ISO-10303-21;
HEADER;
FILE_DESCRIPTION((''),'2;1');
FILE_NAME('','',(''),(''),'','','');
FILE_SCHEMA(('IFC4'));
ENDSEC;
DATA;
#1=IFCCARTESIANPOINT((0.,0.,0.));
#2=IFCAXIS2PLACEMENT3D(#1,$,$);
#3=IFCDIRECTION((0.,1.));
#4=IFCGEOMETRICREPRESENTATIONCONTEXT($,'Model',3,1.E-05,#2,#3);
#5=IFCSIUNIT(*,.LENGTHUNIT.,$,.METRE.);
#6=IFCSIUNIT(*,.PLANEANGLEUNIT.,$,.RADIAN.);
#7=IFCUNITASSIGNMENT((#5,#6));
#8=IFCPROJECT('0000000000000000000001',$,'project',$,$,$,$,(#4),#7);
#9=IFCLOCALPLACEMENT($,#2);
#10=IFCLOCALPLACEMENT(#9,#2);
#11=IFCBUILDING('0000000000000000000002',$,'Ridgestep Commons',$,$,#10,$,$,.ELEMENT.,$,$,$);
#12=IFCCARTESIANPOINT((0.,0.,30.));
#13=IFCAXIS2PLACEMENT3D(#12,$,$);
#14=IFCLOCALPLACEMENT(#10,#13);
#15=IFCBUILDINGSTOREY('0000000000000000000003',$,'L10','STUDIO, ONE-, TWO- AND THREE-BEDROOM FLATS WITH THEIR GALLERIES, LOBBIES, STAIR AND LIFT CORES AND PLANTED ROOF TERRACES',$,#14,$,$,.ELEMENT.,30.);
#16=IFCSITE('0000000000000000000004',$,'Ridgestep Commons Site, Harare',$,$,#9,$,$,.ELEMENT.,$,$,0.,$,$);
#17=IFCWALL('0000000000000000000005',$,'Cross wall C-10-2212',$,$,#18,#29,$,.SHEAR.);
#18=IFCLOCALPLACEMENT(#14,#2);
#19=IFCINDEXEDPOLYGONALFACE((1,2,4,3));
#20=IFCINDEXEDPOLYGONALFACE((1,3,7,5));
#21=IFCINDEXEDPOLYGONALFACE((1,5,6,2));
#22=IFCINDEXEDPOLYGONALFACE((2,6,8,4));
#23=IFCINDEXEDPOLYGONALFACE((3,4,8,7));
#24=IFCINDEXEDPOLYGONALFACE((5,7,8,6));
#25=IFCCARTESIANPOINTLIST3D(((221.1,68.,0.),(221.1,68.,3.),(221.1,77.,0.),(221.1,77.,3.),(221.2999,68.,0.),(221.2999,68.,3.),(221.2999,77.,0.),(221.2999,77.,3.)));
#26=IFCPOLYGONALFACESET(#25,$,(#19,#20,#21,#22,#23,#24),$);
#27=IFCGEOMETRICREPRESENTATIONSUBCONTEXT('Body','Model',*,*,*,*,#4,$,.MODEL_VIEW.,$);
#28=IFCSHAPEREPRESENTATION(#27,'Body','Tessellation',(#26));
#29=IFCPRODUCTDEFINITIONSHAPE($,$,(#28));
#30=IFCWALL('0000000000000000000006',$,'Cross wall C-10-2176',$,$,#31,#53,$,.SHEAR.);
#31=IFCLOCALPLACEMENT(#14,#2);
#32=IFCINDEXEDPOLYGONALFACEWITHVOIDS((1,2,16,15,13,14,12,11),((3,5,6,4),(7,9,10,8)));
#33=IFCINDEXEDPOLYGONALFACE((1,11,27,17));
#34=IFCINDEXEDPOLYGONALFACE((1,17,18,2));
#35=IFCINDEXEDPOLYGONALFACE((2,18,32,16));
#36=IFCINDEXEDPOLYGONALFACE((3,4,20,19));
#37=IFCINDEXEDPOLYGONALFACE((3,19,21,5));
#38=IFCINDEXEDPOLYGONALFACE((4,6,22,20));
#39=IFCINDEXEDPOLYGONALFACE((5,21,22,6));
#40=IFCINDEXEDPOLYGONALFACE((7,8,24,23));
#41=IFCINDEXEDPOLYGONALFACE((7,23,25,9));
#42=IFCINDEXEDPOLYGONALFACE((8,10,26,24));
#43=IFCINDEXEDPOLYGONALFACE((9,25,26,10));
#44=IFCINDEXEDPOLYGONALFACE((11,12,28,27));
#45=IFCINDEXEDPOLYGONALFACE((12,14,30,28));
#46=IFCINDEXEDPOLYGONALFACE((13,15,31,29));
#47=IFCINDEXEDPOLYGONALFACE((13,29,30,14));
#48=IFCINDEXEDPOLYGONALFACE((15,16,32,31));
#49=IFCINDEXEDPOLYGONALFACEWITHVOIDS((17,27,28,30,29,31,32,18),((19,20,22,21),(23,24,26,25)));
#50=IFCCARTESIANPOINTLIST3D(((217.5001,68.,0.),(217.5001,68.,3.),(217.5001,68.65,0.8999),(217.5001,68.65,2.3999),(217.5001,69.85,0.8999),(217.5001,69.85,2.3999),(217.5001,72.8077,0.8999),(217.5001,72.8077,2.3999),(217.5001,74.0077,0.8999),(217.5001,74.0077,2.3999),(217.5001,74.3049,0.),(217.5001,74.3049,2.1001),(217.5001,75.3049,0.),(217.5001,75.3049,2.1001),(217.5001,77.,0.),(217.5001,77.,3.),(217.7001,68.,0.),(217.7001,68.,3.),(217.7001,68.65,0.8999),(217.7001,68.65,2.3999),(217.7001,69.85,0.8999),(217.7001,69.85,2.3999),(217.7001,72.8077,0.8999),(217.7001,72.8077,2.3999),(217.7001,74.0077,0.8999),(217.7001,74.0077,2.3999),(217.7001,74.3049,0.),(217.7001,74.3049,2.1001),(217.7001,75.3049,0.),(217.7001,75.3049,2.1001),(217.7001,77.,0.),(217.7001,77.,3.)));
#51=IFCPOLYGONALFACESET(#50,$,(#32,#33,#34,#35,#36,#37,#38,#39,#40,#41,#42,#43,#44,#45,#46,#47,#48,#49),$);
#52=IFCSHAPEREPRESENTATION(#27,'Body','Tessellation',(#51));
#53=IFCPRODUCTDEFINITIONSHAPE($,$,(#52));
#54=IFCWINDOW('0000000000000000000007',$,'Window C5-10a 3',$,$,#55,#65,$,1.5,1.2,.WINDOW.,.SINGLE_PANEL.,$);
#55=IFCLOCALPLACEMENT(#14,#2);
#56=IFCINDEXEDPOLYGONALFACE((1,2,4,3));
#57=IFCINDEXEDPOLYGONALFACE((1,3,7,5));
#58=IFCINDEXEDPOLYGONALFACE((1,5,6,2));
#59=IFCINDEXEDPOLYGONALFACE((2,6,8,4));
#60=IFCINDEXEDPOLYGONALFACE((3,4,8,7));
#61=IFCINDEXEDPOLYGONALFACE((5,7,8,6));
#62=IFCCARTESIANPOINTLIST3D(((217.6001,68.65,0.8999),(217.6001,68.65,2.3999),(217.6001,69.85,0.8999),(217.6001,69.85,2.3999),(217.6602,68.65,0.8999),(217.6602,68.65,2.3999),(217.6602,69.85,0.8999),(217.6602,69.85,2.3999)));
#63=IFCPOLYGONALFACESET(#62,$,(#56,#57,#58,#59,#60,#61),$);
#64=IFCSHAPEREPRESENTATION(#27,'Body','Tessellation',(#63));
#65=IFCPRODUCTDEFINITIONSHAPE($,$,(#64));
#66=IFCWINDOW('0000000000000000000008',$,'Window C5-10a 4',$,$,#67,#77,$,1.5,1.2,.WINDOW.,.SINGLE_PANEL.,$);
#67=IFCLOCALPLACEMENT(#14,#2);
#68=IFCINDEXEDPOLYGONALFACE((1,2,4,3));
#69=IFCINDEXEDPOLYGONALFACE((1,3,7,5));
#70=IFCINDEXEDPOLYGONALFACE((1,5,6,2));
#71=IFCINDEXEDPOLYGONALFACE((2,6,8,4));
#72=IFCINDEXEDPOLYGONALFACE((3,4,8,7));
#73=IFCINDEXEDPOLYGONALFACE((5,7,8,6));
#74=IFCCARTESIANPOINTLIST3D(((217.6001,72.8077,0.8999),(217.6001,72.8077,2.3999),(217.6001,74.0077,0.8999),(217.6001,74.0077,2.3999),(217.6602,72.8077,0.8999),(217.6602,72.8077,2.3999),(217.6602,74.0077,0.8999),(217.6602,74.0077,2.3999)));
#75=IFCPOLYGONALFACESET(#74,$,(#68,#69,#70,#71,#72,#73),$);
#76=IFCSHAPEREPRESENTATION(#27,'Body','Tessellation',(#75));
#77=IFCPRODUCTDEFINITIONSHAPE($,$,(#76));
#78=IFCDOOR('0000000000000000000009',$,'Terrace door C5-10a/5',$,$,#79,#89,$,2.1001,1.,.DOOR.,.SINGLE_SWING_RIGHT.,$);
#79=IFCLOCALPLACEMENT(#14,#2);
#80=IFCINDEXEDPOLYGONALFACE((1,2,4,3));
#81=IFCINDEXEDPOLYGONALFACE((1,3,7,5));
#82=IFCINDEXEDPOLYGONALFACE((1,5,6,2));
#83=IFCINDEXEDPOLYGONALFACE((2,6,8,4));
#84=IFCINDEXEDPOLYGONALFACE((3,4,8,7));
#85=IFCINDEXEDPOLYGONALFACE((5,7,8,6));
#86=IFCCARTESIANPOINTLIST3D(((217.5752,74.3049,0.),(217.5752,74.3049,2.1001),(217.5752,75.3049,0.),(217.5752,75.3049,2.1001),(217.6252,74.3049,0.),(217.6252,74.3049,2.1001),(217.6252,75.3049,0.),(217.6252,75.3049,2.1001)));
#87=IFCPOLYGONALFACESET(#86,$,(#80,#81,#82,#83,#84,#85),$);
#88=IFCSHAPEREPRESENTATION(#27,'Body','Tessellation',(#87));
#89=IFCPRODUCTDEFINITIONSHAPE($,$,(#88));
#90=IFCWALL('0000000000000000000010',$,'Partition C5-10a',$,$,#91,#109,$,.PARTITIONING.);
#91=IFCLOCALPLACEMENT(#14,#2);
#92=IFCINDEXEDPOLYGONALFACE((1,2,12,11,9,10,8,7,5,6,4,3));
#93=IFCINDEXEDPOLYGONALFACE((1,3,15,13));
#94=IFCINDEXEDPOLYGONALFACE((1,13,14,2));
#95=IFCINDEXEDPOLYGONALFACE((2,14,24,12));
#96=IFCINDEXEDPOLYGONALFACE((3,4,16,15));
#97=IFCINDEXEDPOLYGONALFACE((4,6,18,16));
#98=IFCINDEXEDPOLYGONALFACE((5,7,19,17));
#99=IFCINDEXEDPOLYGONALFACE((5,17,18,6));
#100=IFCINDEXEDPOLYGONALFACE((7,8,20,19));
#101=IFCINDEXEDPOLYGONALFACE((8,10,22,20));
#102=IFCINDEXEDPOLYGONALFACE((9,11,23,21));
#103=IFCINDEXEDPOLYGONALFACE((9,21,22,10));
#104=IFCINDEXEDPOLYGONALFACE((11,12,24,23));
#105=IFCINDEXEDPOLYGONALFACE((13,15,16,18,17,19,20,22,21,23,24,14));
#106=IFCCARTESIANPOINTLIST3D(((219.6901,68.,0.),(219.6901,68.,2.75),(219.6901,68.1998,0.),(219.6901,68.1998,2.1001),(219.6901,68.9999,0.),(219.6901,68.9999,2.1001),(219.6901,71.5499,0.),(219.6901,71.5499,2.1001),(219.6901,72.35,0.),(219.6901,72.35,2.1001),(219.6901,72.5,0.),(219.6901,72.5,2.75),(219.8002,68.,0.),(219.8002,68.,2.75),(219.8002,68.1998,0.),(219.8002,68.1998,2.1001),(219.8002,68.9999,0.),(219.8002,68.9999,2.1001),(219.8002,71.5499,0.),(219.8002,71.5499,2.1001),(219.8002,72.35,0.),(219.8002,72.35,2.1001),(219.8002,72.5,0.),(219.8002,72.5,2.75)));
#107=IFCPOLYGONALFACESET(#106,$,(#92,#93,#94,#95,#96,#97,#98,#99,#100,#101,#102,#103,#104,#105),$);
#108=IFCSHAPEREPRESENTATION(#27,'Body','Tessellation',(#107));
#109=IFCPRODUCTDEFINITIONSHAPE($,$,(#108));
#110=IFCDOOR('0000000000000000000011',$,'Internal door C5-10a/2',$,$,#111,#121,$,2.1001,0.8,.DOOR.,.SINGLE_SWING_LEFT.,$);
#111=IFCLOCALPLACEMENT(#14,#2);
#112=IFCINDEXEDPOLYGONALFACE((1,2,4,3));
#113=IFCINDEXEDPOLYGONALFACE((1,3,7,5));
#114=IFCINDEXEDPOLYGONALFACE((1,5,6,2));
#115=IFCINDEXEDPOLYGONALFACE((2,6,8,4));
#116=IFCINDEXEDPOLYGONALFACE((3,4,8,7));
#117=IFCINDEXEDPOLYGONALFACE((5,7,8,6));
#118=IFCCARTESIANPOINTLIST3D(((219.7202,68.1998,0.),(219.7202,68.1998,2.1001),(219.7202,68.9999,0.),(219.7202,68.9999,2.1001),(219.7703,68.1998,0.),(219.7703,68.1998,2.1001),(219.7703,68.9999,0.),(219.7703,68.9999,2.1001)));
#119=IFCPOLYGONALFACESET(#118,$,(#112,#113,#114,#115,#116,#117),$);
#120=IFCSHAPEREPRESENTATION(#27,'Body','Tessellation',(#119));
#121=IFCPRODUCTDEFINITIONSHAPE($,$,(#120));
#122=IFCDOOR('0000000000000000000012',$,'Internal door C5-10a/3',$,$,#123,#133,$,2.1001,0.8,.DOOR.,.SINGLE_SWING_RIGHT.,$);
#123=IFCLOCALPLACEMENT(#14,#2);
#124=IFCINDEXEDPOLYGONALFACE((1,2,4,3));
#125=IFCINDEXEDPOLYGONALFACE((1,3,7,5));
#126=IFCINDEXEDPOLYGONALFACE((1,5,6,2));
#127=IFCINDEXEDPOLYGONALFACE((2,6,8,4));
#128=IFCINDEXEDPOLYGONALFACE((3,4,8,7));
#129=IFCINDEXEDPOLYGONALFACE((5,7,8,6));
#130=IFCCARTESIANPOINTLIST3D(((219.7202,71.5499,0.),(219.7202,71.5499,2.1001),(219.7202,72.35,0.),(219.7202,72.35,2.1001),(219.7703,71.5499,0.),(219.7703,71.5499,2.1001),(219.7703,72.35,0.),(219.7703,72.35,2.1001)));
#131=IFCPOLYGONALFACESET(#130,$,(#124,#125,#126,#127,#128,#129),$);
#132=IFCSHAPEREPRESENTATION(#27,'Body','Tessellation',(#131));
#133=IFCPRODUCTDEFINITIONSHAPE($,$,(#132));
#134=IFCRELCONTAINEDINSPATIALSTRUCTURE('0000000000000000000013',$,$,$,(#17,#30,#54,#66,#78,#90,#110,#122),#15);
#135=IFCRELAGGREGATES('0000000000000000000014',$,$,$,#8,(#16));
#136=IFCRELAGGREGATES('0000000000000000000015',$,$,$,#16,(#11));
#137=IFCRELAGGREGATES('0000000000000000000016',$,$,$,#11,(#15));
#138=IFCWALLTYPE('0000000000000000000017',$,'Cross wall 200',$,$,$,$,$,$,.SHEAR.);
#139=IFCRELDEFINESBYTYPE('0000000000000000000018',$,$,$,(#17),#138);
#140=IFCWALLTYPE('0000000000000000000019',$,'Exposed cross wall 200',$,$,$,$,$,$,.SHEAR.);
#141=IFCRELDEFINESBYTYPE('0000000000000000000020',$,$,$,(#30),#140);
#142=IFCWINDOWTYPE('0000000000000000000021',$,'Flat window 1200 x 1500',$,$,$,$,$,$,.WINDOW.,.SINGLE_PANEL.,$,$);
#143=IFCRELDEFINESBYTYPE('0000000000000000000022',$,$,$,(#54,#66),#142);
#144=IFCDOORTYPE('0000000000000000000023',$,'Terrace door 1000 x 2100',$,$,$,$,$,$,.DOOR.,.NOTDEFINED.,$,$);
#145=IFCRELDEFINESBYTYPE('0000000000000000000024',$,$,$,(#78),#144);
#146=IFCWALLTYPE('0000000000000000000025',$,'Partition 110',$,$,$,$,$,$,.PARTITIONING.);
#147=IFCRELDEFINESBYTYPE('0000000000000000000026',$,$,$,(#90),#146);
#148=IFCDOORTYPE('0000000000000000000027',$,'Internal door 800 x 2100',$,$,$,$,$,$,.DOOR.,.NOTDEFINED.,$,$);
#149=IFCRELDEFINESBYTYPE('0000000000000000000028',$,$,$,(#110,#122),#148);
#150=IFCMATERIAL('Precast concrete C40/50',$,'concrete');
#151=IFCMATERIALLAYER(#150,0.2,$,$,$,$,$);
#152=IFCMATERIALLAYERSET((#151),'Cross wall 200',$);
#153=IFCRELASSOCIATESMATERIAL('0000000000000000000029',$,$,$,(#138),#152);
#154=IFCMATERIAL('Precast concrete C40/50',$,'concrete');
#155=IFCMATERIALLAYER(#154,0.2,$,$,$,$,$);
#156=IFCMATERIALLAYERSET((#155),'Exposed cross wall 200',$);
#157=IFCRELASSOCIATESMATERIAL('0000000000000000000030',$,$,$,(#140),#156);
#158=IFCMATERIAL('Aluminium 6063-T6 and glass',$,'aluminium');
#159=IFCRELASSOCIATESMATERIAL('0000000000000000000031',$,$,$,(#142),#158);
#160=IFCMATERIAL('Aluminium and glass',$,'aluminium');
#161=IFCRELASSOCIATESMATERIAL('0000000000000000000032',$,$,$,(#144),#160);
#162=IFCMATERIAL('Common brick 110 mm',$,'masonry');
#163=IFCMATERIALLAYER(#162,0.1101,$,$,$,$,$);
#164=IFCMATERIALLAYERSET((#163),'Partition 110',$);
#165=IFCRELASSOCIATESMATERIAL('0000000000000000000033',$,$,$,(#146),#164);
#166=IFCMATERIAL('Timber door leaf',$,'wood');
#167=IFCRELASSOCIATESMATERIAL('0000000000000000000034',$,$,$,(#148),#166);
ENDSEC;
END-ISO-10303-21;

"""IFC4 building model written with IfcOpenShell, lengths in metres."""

from ifc_helpers import new_model, si_unit, direction, frame, frame_2d, origin, place, context, subcontext, project, spatial, rectangle, extrude, material, layer, layer_set, type_object, element, fill, save


model = new_model("IFC4")

# Units and contexts
model_context = context("Model", 3, precision=1e-05, world=origin(), true_north=direction((0.0, 1.0)))
body_context = subcontext(model_context, "Body", "Model", "MODEL_VIEW")
ifc_project = project(units=[si_unit("LENGTHUNIT", "METRE"), si_unit("PLANEANGLEUNIT", "RADIAN")], contexts=[model_context])

# Site, building, storey
site_placement = place(None, origin())
site = spatial("IfcSite", under=ifc_project, at=site_placement, Name="Ridgestep Commons Site, Harare", CompositionType="ELEMENT", RefElevation=0.0)
building_placement = place(site_placement, origin())
building = spatial("IfcBuilding", under=site, at=building_placement, Name="Ridgestep Commons", CompositionType="ELEMENT")
storey_placement = place(building_placement, frame((0.0, 0.0, 30.0)))
storey = spatial("IfcBuildingStorey", under=building, at=storey_placement, Name="L10", Description="STUDIO, ONE-, TWO- AND THREE-BEDROOM FLATS WITH THEIR GALLERIES, LOBBIES, STAIR AND LIFT CORES AND PLANTED ROOF TERRACES", CompositionType="ELEMENT", Elevation=30.0)

# Wall
ifc_material_1 = material(Name="Precast concrete C40/50", Category="concrete")
ifc_layer_1 = layer(ifc_material_1, 0.2)
ifc_layer_set_1 = layer_set([ifc_layer_1], Name="Cross wall 200")
wall_type_1 = type_object("IfcWallType", Name="Cross wall 200", PredefinedType="SHEAR", material=ifc_layer_set_1)
wall_1_placement = place(storey_placement, frame((221.2, 68.0, 0.0), z_axis=(0.0, 0.0, 1.0), x_axis=(0.0, 1.0, 0.0)))
element("IfcWall", 1, at=wall_1_placement, inside=storey, type_object=wall_type_1, Name="Cross wall C-10-2212", PredefinedType="SHEAR", context=body_context, shape_type="SweptSolid", body=[
    extrude(rectangle(XDim=9.0, YDim=0.2, at=frame_2d((4.5, 0.0))), origin(), (0.0, 0.0, 1.0), 3.0),
])

# Wall, openings, windows, door
ifc_material_2 = material(Name="Precast concrete C40/50", Category="concrete")
ifc_layer_2 = layer(ifc_material_2, 0.2)
ifc_layer_set_2 = layer_set([ifc_layer_2], Name="Exposed cross wall 200")
wall_type_2 = type_object("IfcWallType", Name="Exposed cross wall 200", PredefinedType="SHEAR", material=ifc_layer_set_2)
wall_2_placement = place(storey_placement, frame((217.6001, 68.0, 0.0), z_axis=(0.0, 0.0, 1.0), x_axis=(0.0, 1.0, 0.0)))
wall_2 = element("IfcWall", 2, at=wall_2_placement, inside=storey, type_object=wall_type_2, Name="Cross wall C-10-2176", PredefinedType="SHEAR", context=body_context, shape_type="SweptSolid", body=[
    extrude(rectangle(XDim=9.0, YDim=0.2, at=frame_2d((4.5, 0.0))), origin(), (0.0, 0.0, 1.0), 3.0),
])
opening_1_placement = place(wall_2_placement, frame((0.6499, 0.0, 0.8999)))
opening_1 = element("IfcOpeningElement", 3, at=opening_1_placement, cuts=wall_2, PredefinedType="OPENING", context=body_context, shape_type="SweptSolid", body=[
    extrude(rectangle(XDim=1.2, YDim=1.5, at=frame_2d((0.6001, 0.75))), frame((0.0, 0.1099, 0.0), z_axis=(0.0, -1.0, 0.0), x_axis=(1.0, 0.0, 0.0)), (0.0, 0.0, 1.0), 0.22),
])
opening_2_placement = place(wall_2_placement, frame((4.8076, 0.0, 0.8999)))
opening_2 = element("IfcOpeningElement", 4, at=opening_2_placement, cuts=wall_2, PredefinedType="OPENING", context=body_context, shape_type="SweptSolid", body=[
    extrude(rectangle(XDim=1.2, YDim=1.5, at=frame_2d((0.6001, 0.75))), frame((0.0, 0.1099, 0.0), z_axis=(0.0, -1.0, 0.0), x_axis=(1.0, 0.0, 0.0)), (0.0, 0.0, 1.0), 0.22),
])
opening_3_placement = place(wall_2_placement, frame((6.3049, 0.0, 0.0)))
opening_3 = element("IfcOpeningElement", 5, at=opening_3_placement, cuts=wall_2, PredefinedType="OPENING", context=body_context, shape_type="SweptSolid", body=[
    extrude(rectangle(XDim=1.0, YDim=2.1001, at=frame_2d((0.5, 1.05))), frame((0.0, 0.1099, 0.0), z_axis=(0.0, -1.0, 0.0), x_axis=(1.0, 0.0, 0.0)), (0.0, 0.0, 1.0), 0.22),
])
ifc_material_3 = material(Name="Aluminium 6063-T6 and glass", Category="aluminium")
window_type_1 = type_object("IfcWindowType", Name="Flat window 1200 x 1500", PartitioningType="SINGLE_PANEL", PredefinedType="WINDOW", material=ifc_material_3)
window_1_placement = place(opening_1_placement, origin())
window_1 = element("IfcWindow", 6, at=window_1_placement, inside=storey, type_object=window_type_1, Name="Window C5-10a 3", OverallHeight=1.5, OverallWidth=1.2, PartitioningType="SINGLE_PANEL", PredefinedType="WINDOW", context=body_context, shape_type="SweptSolid", body=[
    extrude(rectangle(XDim=1.2, YDim=1.5, at=frame_2d((0.6001, 0.75))), frame((0.0, 0.0, 0.0), z_axis=(0.0, -1.0, 0.0), x_axis=(1.0, 0.0, 0.0)), (0.0, 0.0, 1.0), 0.0601),
])
fill(opening_1, window_1)
window_2_placement = place(opening_2_placement, origin())
window_2 = element("IfcWindow", 7, at=window_2_placement, inside=storey, type_object=window_type_1, Name="Window C5-10a 4", OverallHeight=1.5, OverallWidth=1.2, PartitioningType="SINGLE_PANEL", PredefinedType="WINDOW", context=body_context, shape_type="SweptSolid", body=[
    extrude(rectangle(XDim=1.2, YDim=1.5, at=frame_2d((0.6001, 0.75))), frame((0.0, 0.0, 0.0), z_axis=(0.0, -1.0, 0.0), x_axis=(1.0, 0.0, 0.0)), (0.0, 0.0, 1.0), 0.0601),
])
fill(opening_2, window_2)
ifc_material_4 = material(Name="Aluminium and glass", Category="aluminium")
door_type_1 = type_object("IfcDoorType", Name="Terrace door 1000 x 2100", OperationType="NOTDEFINED", PredefinedType="DOOR", material=ifc_material_4)
door_1_placement = place(opening_3_placement, origin())
door_1 = element("IfcDoor", 8, at=door_1_placement, inside=storey, type_object=door_type_1, Name="Terrace door C5-10a/5", OperationType="SINGLE_SWING_RIGHT", OverallHeight=2.1001, OverallWidth=1.0, PredefinedType="DOOR", context=body_context, shape_type="SweptSolid", body=[
    extrude(rectangle(XDim=1.0, YDim=2.1001, at=frame_2d((0.5, 1.05))), frame((0.0, 0.0249, 0.0), z_axis=(0.0, -1.0, 0.0), x_axis=(1.0, 0.0, 0.0)), (0.0, 0.0, 1.0), 0.05),
])
fill(opening_3, door_1)

# Wall, openings, doors
ifc_material_5 = material(Name="Common brick 110 mm", Category="masonry")
ifc_layer_3 = layer(ifc_material_5, 0.1101)
ifc_layer_set_3 = layer_set([ifc_layer_3], Name="Partition 110")
wall_type_3 = type_object("IfcWallType", Name="Partition 110", PredefinedType="PARTITIONING", material=ifc_layer_set_3)
wall_3_placement = place(storey_placement, frame((219.7451, 68.0, 0.0), z_axis=(0.0, 0.0, 1.0), x_axis=(0.0, 1.0, 0.0)))
wall_3 = element("IfcWall", 9, at=wall_3_placement, inside=storey, type_object=wall_type_3, Name="Partition C5-10a", PredefinedType="PARTITIONING", context=body_context, shape_type="SweptSolid", body=[
    extrude(rectangle(XDim=4.5, YDim=0.1101, at=frame_2d((2.25, 0.0))), origin(), (0.0, 0.0, 1.0), 2.75),
])
opening_4_placement = place(wall_3_placement, frame((0.2, 0.0, 0.0)))
opening_4 = element("IfcOpeningElement", 10, at=opening_4_placement, cuts=wall_3, PredefinedType="OPENING", context=body_context, shape_type="SweptSolid", body=[
    extrude(rectangle(XDim=0.8, YDim=2.1001, at=frame_2d((0.3999, 1.05))), frame((0.0, 0.0649, 0.0), z_axis=(0.0, -1.0, 0.0), x_axis=(1.0, 0.0, 0.0)), (0.0, 0.0, 1.0), 0.1301),
])
opening_5_placement = place(wall_3_placement, frame((3.55, 0.0, 0.0)))
opening_5 = element("IfcOpeningElement", 11, at=opening_5_placement, cuts=wall_3, PredefinedType="OPENING", context=body_context, shape_type="SweptSolid", body=[
    extrude(rectangle(XDim=0.8, YDim=2.1001, at=frame_2d((0.3999, 1.05))), frame((0.0, 0.0649, 0.0), z_axis=(0.0, -1.0, 0.0), x_axis=(1.0, 0.0, 0.0)), (0.0, 0.0, 1.0), 0.1301),
])
ifc_material_6 = material(Name="Timber door leaf", Category="wood")
door_type_2 = type_object("IfcDoorType", Name="Internal door 800 x 2100", OperationType="NOTDEFINED", PredefinedType="DOOR", material=ifc_material_6)
door_2_placement = place(opening_4_placement, origin())
door_2 = element("IfcDoor", 12, at=door_2_placement, inside=storey, type_object=door_type_2, Name="Internal door C5-10a/2", OperationType="SINGLE_SWING_LEFT", OverallHeight=2.1001, OverallWidth=0.8, PredefinedType="DOOR", context=body_context, shape_type="SweptSolid", body=[
    extrude(rectangle(XDim=0.8, YDim=2.1001, at=frame_2d((0.3999, 1.05))), frame((0.0, 0.0249, 0.0), z_axis=(0.0, -1.0, 0.0), x_axis=(1.0, 0.0, 0.0)), (0.0, 0.0, 1.0), 0.05),
])
fill(opening_4, door_2)
door_3_placement = place(opening_5_placement, origin())
door_3 = element("IfcDoor", 13, at=door_3_placement, inside=storey, type_object=door_type_2, Name="Internal door C5-10a/3", OperationType="SINGLE_SWING_RIGHT", OverallHeight=2.1001, OverallWidth=0.8, PredefinedType="DOOR", context=body_context, shape_type="SweptSolid", body=[
    extrude(rectangle(XDim=0.8, YDim=2.1001, at=frame_2d((0.3999, 1.05))), frame((0.0, 0.0249, 0.0), z_axis=(0.0, -1.0, 0.0), x_axis=(1.0, 0.0, 0.0)), (0.0, 0.0, 1.0), 0.05),
])
fill(opening_5, door_3)

save(model, "model.ifc")
